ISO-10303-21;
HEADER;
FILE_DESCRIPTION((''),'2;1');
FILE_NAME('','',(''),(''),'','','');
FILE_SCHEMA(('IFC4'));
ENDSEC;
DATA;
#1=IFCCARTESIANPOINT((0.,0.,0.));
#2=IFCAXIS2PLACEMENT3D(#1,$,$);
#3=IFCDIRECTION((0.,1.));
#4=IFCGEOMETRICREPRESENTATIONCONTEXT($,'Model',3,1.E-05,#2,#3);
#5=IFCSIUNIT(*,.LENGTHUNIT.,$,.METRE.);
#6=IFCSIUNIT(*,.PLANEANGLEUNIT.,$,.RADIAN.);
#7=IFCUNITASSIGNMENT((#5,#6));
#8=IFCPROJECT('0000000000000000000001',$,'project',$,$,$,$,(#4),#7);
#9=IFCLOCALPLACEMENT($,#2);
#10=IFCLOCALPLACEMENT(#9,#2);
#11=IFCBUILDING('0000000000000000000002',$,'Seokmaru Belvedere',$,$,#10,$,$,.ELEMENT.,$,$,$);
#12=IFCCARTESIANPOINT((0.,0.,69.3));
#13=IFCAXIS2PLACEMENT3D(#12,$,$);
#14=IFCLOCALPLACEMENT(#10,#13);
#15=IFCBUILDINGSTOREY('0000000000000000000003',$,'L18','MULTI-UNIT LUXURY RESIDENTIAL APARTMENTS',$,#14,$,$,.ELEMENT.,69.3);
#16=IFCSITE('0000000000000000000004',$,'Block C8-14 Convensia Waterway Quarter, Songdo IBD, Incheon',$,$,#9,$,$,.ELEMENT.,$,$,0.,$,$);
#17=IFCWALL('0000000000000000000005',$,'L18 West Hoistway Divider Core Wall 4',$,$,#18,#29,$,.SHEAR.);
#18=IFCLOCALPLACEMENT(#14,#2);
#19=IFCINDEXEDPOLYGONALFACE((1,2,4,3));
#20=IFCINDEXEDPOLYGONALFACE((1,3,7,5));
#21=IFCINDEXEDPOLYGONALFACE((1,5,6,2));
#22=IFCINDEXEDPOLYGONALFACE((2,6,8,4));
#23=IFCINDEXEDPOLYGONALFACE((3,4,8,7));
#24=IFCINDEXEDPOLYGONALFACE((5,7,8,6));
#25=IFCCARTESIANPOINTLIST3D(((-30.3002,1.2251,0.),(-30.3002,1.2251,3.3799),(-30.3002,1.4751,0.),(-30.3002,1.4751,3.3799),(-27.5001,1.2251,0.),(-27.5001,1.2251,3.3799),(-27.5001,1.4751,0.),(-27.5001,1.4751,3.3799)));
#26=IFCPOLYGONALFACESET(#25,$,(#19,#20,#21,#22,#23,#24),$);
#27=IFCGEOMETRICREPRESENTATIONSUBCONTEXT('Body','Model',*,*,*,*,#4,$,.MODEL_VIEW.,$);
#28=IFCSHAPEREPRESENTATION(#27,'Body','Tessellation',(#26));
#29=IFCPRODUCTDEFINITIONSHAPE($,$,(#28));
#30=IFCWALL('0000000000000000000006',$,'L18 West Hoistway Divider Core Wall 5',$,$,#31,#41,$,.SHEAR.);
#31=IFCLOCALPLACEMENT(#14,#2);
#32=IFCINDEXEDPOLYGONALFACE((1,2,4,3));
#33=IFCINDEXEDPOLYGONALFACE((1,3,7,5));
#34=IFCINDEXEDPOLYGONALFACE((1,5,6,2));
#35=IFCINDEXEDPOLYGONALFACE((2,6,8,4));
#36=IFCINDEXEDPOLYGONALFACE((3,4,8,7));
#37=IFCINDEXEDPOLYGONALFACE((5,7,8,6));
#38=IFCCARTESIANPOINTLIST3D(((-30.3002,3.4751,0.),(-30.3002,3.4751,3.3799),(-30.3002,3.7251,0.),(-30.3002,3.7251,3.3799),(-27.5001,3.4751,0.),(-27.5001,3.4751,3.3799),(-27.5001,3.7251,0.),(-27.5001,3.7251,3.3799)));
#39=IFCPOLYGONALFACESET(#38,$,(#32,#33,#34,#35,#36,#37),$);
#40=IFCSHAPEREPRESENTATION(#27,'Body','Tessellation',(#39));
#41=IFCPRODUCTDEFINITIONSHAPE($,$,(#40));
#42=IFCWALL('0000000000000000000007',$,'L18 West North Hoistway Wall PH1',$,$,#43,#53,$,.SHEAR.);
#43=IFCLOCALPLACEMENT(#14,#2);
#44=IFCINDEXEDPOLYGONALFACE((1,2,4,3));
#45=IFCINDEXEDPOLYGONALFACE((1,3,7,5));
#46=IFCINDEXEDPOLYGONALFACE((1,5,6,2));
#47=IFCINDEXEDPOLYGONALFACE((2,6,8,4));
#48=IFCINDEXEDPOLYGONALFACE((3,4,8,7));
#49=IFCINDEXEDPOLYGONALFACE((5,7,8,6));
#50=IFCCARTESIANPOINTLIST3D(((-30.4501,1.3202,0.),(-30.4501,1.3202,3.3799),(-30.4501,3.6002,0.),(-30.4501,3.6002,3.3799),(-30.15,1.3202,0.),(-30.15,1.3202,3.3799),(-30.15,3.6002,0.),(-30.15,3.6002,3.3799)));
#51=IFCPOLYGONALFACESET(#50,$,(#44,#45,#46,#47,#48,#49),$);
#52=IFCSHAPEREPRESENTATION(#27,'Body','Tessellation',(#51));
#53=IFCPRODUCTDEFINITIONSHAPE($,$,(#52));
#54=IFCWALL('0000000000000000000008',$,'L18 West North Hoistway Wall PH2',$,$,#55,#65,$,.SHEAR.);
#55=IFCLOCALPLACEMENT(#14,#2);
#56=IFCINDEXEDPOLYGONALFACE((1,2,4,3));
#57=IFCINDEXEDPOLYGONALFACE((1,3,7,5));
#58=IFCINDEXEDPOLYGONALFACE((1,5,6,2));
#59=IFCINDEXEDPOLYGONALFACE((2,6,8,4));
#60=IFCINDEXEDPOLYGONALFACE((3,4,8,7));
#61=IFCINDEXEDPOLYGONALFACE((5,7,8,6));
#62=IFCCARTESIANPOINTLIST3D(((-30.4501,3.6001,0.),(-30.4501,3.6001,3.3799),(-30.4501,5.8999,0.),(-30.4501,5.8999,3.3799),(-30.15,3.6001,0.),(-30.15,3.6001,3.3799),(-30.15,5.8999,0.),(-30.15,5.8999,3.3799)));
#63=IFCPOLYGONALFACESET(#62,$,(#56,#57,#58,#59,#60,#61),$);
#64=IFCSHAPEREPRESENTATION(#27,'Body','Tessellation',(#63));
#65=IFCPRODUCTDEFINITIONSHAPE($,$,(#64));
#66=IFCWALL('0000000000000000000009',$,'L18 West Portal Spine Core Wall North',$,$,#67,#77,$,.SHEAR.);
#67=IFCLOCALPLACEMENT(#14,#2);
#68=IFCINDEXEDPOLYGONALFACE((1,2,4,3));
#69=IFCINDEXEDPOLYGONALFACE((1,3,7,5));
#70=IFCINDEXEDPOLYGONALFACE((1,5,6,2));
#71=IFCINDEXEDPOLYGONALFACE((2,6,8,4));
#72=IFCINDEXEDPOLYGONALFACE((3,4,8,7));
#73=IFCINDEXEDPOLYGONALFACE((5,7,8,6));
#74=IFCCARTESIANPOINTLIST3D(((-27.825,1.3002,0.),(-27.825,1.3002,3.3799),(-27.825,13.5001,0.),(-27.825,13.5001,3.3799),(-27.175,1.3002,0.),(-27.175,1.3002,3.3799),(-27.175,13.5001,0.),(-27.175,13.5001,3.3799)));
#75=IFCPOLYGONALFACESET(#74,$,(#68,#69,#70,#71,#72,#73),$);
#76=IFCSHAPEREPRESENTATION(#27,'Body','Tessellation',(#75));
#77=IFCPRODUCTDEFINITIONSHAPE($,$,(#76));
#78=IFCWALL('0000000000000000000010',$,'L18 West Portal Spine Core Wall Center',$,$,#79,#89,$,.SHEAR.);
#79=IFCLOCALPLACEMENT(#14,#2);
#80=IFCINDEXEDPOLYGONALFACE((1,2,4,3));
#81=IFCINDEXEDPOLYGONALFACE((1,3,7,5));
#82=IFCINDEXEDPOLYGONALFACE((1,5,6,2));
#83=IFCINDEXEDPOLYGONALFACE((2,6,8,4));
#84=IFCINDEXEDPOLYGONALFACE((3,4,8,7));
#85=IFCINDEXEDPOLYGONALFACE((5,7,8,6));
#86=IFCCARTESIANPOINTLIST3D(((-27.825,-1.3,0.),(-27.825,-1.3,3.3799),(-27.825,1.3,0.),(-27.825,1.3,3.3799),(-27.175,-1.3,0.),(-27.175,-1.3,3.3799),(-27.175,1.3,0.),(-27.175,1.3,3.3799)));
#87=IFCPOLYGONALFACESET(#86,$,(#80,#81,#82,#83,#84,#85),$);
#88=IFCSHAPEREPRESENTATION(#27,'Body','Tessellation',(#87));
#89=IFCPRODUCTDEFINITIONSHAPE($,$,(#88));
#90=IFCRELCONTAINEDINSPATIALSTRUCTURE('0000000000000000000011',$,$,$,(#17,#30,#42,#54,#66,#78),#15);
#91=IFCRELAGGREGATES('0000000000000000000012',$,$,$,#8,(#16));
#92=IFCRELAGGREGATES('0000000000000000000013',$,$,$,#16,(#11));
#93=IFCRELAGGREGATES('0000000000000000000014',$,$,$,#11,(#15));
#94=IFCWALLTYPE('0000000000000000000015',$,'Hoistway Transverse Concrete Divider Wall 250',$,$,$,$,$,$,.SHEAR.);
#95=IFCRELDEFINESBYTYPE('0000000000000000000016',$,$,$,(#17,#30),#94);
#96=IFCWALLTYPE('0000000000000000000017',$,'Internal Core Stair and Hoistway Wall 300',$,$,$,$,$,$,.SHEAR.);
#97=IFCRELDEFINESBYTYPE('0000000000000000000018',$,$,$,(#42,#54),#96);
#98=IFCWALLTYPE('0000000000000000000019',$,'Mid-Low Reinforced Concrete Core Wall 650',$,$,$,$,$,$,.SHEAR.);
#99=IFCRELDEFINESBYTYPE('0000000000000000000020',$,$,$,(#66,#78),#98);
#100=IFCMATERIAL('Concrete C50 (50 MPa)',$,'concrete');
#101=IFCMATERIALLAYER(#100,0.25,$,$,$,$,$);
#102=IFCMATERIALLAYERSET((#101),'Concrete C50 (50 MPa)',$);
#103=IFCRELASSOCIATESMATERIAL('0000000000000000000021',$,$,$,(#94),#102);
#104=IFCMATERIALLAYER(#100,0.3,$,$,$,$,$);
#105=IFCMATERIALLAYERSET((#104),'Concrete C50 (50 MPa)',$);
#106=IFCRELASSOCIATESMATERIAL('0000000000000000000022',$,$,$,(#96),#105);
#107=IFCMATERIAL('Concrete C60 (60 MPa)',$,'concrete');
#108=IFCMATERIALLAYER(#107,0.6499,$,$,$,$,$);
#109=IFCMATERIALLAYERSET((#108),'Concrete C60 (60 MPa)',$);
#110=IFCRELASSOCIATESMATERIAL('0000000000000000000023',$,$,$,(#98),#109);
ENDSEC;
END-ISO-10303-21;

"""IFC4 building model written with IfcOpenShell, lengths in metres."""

from ifc_helpers import new_model, si_unit, direction, frame, frame_2d, origin, place, context, subcontext, project, spatial, rectangle, extrude, material, layer, layer_set, type_object, element, save


model = new_model("IFC4")

# Units and contexts
model_context = context("Model", 3, precision=1e-05, world=origin(), true_north=direction((0.0, 1.0)))
body_context = subcontext(model_context, "Body", "Model", "MODEL_VIEW")
ifc_project = project(units=[si_unit("LENGTHUNIT", "METRE"), si_unit("PLANEANGLEUNIT", "RADIAN")], contexts=[model_context])

# Site, building, storey
site_placement = place(None, origin())
site = spatial("IfcSite", under=ifc_project, at=site_placement, Name="Block C8-14 Convensia Waterway Quarter, Songdo IBD, Incheon", CompositionType="ELEMENT", RefElevation=0.0)
building_placement = place(site_placement, origin())
building = spatial("IfcBuilding", under=site, at=building_placement, Name="Seokmaru Belvedere", CompositionType="ELEMENT")
storey_placement = place(building_placement, frame((0.0, 0.0, 69.3)))
storey = spatial("IfcBuildingStorey", under=building, at=storey_placement, Name="L18", Description="MULTI-UNIT LUXURY RESIDENTIAL APARTMENTS", CompositionType="ELEMENT", Elevation=69.3)

# Walls
ifc_material_1 = material(Name="Concrete C50 (50 MPa)", Category="concrete")
ifc_layer_1 = layer(ifc_material_1, 0.25)
ifc_layer_set_1 = layer_set([ifc_layer_1], Name="Concrete C50 (50 MPa)")
wall_type_1 = type_object("IfcWallType", Name="Hoistway Transverse Concrete Divider Wall 250", PredefinedType="SHEAR", material=ifc_layer_set_1)
for number, where, z_axis, x_axis, name in (
    (1, (-30.3, 1.3501, 0.0), (0.0, 0.0, 1.0), (1.0, 0.0, 0.0), "L18 West Hoistway Divider Core Wall 4"),
    (2, (-30.3, 3.6001, 0.0), (0.0, 0.0, 1.0), (1.0, 0.0, 0.0), "L18 West Hoistway Divider Core Wall 5"),
):
    element("IfcWall", number, at=place(storey_placement, frame(where, z_axis=z_axis, x_axis=x_axis)), inside=storey, type_object=wall_type_1, Name=name, PredefinedType="SHEAR", context=body_context, shape_type="SweptSolid", body=[
        extrude(rectangle(XDim=2.8, YDim=0.25, at=frame_2d((1.3999, 0.0))), origin(), (0.0, 0.0, 1.0), 3.3799),
    ])
ifc_layer_2 = layer(ifc_material_1, 0.3)
ifc_layer_set_2 = layer_set([ifc_layer_2], Name="Concrete C50 (50 MPa)")
wall_type_2 = type_object("IfcWallType", Name="Internal Core Stair and Hoistway Wall 300", PredefinedType="SHEAR", material=ifc_layer_set_2)
wall_1_placement = place(storey_placement, frame((-30.3, 1.3201, 0.0), z_axis=(0.0, 0.0, 1.0), x_axis=(0.0, 1.0, 0.0)))
element("IfcWall", 3, at=wall_1_placement, inside=storey, type_object=wall_type_2, Name="L18 West North Hoistway Wall PH1", PredefinedType="SHEAR", context=body_context, shape_type="SweptSolid", body=[
    extrude(rectangle(XDim=2.28, YDim=0.3, at=frame_2d((1.1401, 0.0))), origin(), (0.0, 0.0, 1.0), 3.3799),
])
wall_2_placement = place(storey_placement, frame((-30.3, 3.6001, 0.0), z_axis=(0.0, 0.0, 1.0), x_axis=(0.0, 1.0, 0.0)))
element("IfcWall", 4, at=wall_2_placement, inside=storey, type_object=wall_type_2, Name="L18 West North Hoistway Wall PH2", PredefinedType="SHEAR", context=body_context, shape_type="SweptSolid", body=[
    extrude(rectangle(XDim=2.2998, YDim=0.3, at=frame_2d((1.1499, 0.0))), origin(), (0.0, 0.0, 1.0), 3.3799),
])
ifc_material_2 = material(Name="Concrete C60 (60 MPa)", Category="concrete")
ifc_layer_3 = layer(ifc_material_2, 0.6499)
ifc_layer_set_3 = layer_set([ifc_layer_3], Name="Concrete C60 (60 MPa)")
wall_type_3 = type_object("IfcWallType", Name="Mid-Low Reinforced Concrete Core Wall 650", PredefinedType="SHEAR", material=ifc_layer_set_3)
wall_3_placement = place(storey_placement, frame((-27.5, 1.3, 0.0), z_axis=(0.0, 0.0, 1.0), x_axis=(0.0, 1.0, 0.0)))
element("IfcWall", 5, at=wall_3_placement, inside=storey, type_object=wall_type_3, Name="L18 West Portal Spine Core Wall North", PredefinedType="SHEAR", context=body_context, shape_type="SweptSolid", body=[
    extrude(rectangle(XDim=12.2, YDim=0.6499, at=frame_2d((6.1001, 0.0))), origin(), (0.0, 0.0, 1.0), 3.3799),
])
wall_4_placement = place(storey_placement, frame((-27.5, -1.3, 0.0), z_axis=(0.0, 0.0, 1.0), x_axis=(0.0, 1.0, 0.0)))
element("IfcWall", 6, at=wall_4_placement, inside=storey, type_object=wall_type_3, Name="L18 West Portal Spine Core Wall Center", PredefinedType="SHEAR", context=body_context, shape_type="SweptSolid", body=[
    extrude(rectangle(XDim=2.6001, YDim=0.6499, at=frame_2d((1.3, 0.0))), origin(), (0.0, 0.0, 1.0), 3.3799),
])

save(model, "model.ifc")
